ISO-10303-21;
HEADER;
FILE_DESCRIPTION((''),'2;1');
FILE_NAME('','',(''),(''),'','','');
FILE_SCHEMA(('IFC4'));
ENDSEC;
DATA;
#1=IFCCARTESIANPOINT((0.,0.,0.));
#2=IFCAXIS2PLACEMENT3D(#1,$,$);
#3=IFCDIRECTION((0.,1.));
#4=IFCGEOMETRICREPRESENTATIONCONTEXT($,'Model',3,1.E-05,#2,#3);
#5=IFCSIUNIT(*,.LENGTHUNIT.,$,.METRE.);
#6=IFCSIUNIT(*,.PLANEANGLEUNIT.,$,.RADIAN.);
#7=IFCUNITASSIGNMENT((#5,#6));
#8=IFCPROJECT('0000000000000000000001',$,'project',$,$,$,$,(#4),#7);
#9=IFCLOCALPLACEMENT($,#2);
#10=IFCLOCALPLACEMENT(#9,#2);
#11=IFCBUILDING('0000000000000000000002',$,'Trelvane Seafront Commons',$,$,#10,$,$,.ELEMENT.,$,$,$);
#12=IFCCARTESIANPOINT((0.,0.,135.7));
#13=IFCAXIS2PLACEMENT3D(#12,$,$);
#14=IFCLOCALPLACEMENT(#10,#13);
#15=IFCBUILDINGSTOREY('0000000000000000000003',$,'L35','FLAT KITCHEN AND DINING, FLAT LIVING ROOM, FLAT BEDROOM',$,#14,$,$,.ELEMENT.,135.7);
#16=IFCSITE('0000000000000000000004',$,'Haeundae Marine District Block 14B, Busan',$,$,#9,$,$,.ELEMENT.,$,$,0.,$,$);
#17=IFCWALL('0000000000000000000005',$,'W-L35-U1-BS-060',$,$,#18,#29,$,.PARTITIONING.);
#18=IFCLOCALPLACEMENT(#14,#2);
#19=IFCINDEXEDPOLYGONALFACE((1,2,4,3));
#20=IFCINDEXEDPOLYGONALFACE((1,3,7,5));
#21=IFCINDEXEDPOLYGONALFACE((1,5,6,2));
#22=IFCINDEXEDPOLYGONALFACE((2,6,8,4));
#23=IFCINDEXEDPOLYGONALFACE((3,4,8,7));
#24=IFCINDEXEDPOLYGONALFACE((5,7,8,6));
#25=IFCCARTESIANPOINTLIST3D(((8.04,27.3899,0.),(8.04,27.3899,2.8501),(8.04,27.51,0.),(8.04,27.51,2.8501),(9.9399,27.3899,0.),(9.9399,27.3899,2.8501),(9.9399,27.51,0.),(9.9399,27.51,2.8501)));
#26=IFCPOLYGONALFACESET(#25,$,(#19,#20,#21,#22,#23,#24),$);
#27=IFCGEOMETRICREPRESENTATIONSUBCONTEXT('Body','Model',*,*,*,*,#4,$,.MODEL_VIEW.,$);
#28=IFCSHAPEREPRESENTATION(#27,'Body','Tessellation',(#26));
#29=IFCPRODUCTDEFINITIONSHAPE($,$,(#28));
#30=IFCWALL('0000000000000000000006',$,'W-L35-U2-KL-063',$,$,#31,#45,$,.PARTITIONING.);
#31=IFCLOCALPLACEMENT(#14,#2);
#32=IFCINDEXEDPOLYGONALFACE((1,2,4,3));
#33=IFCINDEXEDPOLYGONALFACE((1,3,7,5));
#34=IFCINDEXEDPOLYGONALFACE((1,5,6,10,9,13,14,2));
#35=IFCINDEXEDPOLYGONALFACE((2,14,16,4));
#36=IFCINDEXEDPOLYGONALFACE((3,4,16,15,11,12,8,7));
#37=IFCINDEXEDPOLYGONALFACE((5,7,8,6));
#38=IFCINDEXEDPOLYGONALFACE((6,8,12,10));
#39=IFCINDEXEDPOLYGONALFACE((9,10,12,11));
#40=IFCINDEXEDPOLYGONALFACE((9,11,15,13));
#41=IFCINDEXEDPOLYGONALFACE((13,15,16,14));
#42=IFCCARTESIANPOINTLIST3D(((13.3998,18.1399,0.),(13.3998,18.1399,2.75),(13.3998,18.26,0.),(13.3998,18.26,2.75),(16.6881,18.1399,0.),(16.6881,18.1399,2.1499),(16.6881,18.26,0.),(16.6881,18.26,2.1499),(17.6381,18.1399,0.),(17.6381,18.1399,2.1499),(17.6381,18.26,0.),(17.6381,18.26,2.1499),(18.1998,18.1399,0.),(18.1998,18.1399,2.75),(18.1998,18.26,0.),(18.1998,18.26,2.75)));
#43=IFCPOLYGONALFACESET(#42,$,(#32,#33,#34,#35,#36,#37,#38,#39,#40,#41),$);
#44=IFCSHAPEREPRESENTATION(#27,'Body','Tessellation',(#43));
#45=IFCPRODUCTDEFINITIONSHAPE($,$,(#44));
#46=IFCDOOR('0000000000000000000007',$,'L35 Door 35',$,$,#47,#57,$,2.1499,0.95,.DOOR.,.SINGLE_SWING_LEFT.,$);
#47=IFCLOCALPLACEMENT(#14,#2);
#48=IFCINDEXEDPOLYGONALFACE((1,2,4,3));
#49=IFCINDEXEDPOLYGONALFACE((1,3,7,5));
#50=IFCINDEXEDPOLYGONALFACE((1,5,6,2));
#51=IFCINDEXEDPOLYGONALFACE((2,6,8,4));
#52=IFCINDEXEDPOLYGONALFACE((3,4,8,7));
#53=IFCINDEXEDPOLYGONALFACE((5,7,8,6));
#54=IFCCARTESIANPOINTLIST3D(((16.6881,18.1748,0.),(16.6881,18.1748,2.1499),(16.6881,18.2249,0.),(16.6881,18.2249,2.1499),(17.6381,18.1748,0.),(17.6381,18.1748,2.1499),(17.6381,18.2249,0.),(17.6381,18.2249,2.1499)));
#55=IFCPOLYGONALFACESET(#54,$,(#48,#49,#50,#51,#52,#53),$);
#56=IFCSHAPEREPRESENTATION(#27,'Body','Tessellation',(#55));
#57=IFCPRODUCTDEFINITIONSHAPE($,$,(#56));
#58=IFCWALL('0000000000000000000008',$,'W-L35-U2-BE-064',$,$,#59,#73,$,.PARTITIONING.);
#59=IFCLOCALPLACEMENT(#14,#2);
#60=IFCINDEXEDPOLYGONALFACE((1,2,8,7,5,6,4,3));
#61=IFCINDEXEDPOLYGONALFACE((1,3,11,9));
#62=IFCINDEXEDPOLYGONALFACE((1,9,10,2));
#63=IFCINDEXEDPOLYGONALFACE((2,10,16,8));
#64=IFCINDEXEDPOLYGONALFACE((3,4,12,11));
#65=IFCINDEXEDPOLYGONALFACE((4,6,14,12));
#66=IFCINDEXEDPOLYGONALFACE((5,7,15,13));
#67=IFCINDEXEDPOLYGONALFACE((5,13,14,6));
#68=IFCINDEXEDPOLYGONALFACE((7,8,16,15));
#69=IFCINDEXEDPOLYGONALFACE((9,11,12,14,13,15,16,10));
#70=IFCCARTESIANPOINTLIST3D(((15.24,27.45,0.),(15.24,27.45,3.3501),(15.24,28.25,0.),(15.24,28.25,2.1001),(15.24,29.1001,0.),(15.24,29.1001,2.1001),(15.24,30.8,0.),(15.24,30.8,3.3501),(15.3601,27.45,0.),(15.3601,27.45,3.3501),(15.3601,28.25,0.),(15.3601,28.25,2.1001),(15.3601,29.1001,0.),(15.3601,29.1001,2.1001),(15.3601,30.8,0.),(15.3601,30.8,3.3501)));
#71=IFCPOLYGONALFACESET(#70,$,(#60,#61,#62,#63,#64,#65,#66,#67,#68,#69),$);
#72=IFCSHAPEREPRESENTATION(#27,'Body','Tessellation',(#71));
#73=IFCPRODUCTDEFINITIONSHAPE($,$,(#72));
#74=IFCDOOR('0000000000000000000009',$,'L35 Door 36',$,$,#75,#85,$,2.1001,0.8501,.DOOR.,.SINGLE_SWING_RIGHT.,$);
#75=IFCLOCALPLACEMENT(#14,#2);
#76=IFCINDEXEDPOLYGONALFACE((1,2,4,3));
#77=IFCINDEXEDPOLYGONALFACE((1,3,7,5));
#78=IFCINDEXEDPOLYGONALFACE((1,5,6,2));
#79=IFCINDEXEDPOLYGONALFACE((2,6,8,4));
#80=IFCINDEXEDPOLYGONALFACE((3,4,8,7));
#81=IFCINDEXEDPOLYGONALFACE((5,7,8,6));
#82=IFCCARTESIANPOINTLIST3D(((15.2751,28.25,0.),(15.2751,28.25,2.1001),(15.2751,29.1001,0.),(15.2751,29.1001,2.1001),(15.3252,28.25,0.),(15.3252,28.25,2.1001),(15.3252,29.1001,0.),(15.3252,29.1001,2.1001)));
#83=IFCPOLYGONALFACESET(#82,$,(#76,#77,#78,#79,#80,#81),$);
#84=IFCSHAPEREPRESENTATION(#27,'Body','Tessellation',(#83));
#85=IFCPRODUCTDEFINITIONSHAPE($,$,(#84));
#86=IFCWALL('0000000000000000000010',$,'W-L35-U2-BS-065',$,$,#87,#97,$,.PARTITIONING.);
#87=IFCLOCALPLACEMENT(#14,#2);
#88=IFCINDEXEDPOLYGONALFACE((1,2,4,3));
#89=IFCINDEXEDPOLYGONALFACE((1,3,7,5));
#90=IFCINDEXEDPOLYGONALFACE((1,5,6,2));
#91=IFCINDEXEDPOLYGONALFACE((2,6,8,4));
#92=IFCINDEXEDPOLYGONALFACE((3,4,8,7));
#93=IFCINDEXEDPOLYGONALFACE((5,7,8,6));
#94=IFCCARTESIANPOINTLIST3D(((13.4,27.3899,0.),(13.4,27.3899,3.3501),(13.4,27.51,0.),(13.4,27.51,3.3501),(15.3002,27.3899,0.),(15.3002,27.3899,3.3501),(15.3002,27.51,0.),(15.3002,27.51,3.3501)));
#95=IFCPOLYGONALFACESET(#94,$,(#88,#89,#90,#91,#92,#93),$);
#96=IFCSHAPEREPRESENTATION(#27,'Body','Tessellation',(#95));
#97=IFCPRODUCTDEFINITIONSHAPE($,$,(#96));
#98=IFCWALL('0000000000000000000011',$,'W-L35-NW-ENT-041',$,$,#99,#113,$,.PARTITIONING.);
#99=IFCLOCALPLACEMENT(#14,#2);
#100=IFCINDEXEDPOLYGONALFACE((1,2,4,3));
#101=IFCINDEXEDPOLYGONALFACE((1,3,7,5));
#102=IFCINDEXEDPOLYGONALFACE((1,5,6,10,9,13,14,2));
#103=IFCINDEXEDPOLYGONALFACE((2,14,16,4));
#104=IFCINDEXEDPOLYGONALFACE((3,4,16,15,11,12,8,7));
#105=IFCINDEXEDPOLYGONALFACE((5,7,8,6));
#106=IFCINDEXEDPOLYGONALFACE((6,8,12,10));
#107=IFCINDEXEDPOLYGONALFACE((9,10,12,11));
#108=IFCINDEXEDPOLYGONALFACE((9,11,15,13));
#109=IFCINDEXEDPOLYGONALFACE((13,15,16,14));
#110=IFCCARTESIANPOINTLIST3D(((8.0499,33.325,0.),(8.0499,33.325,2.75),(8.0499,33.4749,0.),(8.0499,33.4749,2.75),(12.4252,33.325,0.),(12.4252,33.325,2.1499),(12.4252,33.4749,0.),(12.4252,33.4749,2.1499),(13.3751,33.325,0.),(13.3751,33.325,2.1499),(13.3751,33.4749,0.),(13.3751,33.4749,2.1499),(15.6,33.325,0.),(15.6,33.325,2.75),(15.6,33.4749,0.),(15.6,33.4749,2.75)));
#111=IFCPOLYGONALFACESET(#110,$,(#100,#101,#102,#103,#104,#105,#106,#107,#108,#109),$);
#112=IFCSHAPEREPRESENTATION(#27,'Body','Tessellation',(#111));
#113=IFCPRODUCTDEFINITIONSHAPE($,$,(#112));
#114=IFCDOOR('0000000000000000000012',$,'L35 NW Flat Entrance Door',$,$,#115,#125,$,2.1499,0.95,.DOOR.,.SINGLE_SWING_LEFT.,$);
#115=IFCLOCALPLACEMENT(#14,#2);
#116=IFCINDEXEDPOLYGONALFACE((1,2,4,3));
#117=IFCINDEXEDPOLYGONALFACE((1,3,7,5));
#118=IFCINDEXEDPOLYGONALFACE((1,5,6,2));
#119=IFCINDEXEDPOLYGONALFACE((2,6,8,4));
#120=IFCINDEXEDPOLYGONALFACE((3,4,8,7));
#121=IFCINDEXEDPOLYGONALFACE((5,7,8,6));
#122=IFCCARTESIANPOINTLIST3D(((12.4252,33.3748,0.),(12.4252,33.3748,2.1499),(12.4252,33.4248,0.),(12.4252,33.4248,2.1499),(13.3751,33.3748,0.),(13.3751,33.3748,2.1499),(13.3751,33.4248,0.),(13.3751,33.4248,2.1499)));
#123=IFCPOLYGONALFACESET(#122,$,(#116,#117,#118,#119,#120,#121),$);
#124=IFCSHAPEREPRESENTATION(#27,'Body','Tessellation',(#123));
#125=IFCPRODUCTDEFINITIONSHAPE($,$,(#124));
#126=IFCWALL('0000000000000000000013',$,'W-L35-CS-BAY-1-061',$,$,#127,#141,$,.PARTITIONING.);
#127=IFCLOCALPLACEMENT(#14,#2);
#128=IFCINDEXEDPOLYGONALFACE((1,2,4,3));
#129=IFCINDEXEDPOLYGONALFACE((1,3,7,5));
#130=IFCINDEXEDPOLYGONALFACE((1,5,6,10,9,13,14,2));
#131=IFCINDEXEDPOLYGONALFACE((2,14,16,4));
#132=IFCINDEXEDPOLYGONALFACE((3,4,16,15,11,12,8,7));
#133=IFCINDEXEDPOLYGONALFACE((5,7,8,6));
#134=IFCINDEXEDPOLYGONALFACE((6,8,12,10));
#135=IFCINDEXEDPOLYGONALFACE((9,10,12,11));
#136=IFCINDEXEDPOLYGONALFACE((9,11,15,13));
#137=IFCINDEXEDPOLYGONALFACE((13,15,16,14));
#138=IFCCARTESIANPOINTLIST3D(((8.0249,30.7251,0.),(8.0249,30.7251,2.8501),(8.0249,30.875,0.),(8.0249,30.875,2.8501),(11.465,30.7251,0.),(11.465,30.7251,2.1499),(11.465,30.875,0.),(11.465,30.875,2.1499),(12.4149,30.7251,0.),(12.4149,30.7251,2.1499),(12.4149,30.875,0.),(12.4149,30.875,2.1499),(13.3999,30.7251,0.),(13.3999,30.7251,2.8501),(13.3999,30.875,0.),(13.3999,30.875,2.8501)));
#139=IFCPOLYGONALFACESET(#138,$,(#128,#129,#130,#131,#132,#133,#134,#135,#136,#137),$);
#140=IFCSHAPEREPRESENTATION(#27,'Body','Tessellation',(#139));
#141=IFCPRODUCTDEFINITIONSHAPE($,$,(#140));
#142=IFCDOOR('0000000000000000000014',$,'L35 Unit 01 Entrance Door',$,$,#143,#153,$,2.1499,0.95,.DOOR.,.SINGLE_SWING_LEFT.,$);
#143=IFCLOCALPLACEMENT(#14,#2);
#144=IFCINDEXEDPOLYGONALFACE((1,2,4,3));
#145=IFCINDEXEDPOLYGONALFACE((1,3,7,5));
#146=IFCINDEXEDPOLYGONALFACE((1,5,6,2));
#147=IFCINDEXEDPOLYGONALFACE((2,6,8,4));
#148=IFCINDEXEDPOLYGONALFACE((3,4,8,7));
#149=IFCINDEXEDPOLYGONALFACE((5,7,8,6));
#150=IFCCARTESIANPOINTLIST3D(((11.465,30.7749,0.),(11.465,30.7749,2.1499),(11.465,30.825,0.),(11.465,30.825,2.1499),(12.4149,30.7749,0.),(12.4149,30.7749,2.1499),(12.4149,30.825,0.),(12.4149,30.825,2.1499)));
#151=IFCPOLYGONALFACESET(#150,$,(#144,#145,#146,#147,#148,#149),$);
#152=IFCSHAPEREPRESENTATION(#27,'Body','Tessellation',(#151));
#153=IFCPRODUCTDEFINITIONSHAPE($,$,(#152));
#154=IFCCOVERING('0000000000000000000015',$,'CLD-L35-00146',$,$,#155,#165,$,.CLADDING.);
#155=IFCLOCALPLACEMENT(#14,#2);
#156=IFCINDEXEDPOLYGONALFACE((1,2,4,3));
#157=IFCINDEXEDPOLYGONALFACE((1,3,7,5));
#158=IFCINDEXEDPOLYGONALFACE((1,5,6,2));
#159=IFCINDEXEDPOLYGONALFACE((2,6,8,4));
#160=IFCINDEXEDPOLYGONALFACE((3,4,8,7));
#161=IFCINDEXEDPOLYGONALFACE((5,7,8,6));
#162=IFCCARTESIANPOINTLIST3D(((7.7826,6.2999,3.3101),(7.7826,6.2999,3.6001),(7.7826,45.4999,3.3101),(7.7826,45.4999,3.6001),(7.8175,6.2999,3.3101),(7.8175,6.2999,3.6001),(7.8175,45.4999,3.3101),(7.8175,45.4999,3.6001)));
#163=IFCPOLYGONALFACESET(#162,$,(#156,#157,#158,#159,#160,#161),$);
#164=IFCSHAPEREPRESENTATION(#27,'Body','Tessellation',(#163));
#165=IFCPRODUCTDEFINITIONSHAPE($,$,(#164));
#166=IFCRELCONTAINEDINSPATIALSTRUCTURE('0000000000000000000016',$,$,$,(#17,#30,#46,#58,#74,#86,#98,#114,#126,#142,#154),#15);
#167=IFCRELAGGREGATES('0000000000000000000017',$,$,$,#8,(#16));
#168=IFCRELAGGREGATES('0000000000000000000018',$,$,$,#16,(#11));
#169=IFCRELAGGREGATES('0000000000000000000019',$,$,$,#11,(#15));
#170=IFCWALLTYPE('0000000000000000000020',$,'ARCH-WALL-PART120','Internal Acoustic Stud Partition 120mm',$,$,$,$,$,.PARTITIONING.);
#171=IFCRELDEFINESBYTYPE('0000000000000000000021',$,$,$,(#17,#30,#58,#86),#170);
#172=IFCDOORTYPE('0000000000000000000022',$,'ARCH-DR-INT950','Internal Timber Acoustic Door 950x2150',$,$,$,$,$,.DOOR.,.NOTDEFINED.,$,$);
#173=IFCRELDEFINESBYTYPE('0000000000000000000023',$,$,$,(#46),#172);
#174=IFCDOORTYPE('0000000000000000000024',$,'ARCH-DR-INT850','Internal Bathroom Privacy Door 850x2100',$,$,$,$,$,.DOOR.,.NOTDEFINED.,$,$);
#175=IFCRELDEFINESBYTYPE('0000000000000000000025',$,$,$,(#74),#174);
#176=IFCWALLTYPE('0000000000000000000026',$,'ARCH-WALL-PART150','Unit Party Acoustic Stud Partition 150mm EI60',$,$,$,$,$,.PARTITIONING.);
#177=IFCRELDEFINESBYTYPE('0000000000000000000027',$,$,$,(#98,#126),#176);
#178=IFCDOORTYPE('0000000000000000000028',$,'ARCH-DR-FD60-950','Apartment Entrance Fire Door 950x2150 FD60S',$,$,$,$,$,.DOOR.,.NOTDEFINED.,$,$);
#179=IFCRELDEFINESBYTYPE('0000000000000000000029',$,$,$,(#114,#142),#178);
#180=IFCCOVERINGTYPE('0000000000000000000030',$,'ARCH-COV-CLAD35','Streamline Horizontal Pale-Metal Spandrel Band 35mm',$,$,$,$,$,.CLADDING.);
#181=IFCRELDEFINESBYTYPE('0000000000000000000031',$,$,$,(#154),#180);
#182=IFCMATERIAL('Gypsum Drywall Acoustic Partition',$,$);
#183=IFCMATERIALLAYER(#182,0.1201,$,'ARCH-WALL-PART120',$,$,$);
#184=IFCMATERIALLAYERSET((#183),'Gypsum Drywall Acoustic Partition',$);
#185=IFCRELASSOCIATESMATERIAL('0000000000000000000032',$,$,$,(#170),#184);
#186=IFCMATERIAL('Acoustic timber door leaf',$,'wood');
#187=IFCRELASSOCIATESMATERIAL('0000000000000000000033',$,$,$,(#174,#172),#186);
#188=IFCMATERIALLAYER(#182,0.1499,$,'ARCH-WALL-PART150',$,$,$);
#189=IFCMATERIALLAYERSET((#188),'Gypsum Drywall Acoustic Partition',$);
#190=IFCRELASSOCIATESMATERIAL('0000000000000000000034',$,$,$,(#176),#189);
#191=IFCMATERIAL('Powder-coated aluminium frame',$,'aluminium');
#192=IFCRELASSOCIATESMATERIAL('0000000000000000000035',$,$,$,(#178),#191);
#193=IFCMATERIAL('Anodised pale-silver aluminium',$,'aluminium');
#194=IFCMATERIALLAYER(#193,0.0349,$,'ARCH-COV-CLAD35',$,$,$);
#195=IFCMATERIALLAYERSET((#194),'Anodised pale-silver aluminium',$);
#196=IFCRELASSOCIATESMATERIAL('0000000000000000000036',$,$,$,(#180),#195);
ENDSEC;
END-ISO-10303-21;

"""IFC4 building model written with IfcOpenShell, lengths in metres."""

from ifc_helpers import new_model, si_unit, direction, frame, frame_2d, origin, origin_2d, place, context, subcontext, project, spatial, rectangle, extrude, source, transform, mapped, material, layer, layer_set, type_object, element, fill, save


model = new_model("IFC4")

# Units and contexts
model_context = context("Model", 3, precision=1e-05, world=origin(), true_north=direction((0.0, 1.0)))
body_context = subcontext(model_context, "Body", "Model", "MODEL_VIEW")
ifc_project = project(units=[si_unit("LENGTHUNIT", "METRE"), si_unit("PLANEANGLEUNIT", "RADIAN")], contexts=[model_context])

# Site, building, storey
site_placement = place(None, origin())
site = spatial("IfcSite", under=ifc_project, at=site_placement, Name="Haeundae Marine District Block 14B, Busan", CompositionType="ELEMENT", RefElevation=0.0)
building_placement = place(site_placement, origin())
building = spatial("IfcBuilding", under=site, at=building_placement, Name="Trelvane Seafront Commons", CompositionType="ELEMENT")
storey_placement = place(building_placement, frame((0.0, 0.0, 135.7)))
storey = spatial("IfcBuildingStorey", under=building, at=storey_placement, Name="L35", Description="FLAT KITCHEN AND DINING, FLAT LIVING ROOM, FLAT BEDROOM", CompositionType="ELEMENT", Elevation=135.7)

# Shared definitions
ifc_material_1 = material(Name="Gypsum Drywall Acoustic Partition")
ifc_layer_1 = layer(ifc_material_1, 0.1201, Name="ARCH-WALL-PART120")
ifc_layer_set_1 = layer_set([ifc_layer_1], Name="Gypsum Drywall Acoustic Partition")
wall_type_1 = type_object("IfcWallType", Name="ARCH-WALL-PART120", Description="Internal Acoustic Stud Partition 120mm", PredefinedType="PARTITIONING", material=ifc_layer_set_1)
ifc_material_2 = material(Name="Acoustic timber door leaf", Category="wood")
door_type_1 = type_object("IfcDoorType", Name="ARCH-DR-INT850", Description="Internal Bathroom Privacy Door 850x2100", OperationType="NOTDEFINED", PredefinedType="DOOR", material=ifc_material_2)
shared_shape_1 = source(origin(), body_context, "Body", "SweptSolid", [
    extrude(rectangle(XDim=0.8501, YDim=2.1001, at=frame_2d((0.425, 1.05))), frame((0.0, 0.0249, 0.0), z_axis=(0.0, -1.0, 0.0), x_axis=(1.0, 0.0, 0.0)), (0.0, 0.0, 1.0), 0.05),
])
door_type_2 = type_object("IfcDoorType", Name="ARCH-DR-INT950", Description="Internal Timber Acoustic Door 950x2150", OperationType="NOTDEFINED", PredefinedType="DOOR", material=ifc_material_2)
shared_shape_2 = source(origin(), body_context, "Body", "SweptSolid", [
    extrude(rectangle(XDim=0.95, YDim=2.1499, at=frame_2d((0.4751, 1.075))), frame((0.0, 0.0249, 0.0), z_axis=(0.0, -1.0, 0.0), x_axis=(1.0, 0.0, 0.0)), (0.0, 0.0, 1.0), 0.05),
])

# Wall
wall_1_placement = place(storey_placement, frame((8.04, 27.45, 0.0), z_axis=(0.0, 0.0, 1.0), x_axis=(1.0, 0.0, 0.0)))
element("IfcWall", 1, at=wall_1_placement, inside=storey, type_object=wall_type_1, Name="W-L35-U1-BS-060", PredefinedType="PARTITIONING", context=body_context, shape_type="SweptSolid", body=[
    extrude(rectangle(XDim=1.8999, YDim=0.1201, at=frame_2d((0.95, 0.0))), origin(), (0.0, 0.0, 1.0), 2.8501),
])

# Walls, openings, doors
wall_2_placement = place(storey_placement, frame((13.3999, 18.2, 0.0), z_axis=(0.0, 0.0, 1.0), x_axis=(1.0, 0.0, 0.0)))
wall_2 = element("IfcWall", 2, at=wall_2_placement, inside=storey, type_object=wall_type_1, Name="W-L35-U2-KL-063", PredefinedType="PARTITIONING", context=body_context, shape_type="SweptSolid", body=[
    extrude(rectangle(XDim=4.8, YDim=0.1201, at=frame_2d((2.3999, 0.0))), origin(), (0.0, 0.0, 1.0), 2.75),
])
opening_1_placement = place(wall_2_placement, frame((3.2881, 0.0, 0.0)))
opening_1 = element("IfcOpeningElement", 3, at=opening_1_placement, cuts=wall_2, PredefinedType="OPENING", context=body_context, shape_type="SweptSolid", body=[
    extrude(rectangle(XDim=0.95, YDim=2.1499, at=frame_2d((0.4751, 1.075))), frame((0.0, 0.0701, 0.0), z_axis=(0.0, -1.0, 0.0), x_axis=(1.0, 0.0, 0.0)), (0.0, 0.0, 1.0), 0.1401),
])
door_1_placement = place(opening_1_placement, origin())
door_1 = element("IfcDoor", 4, at=door_1_placement, inside=storey, type_object=door_type_2, Name="L35 Door 35", OperationType="SINGLE_SWING_LEFT", OverallHeight=2.1499, OverallWidth=0.95, PredefinedType="DOOR", context=body_context, shape_type="MappedRepresentation", body=[
    mapped(shared_shape_2, transform((0.0, 0.0, 0.0), x_axis=(1.0, 0.0, 0.0), y_axis=(0.0, 1.0, 0.0), z_axis=(0.0, 0.0, 1.0), scale=1.0)),
])
fill(opening_1, door_1)
wall_3_placement = place(storey_placement, frame((15.3, 27.45, 0.0), z_axis=(0.0, 0.0, 1.0), x_axis=(0.0, 1.0, 0.0)))
wall_3 = element("IfcWall", 5, at=wall_3_placement, inside=storey, type_object=wall_type_1, Name="W-L35-U2-BE-064", PredefinedType="PARTITIONING", context=body_context, shape_type="SweptSolid", body=[
    extrude(rectangle(XDim=3.3501, YDim=0.1201, at=frame_2d((1.675, 0.0))), origin(), (0.0, 0.0, 1.0), 3.3501),
])
opening_2_placement = place(wall_3_placement, frame((0.8, 0.0, 0.0)))
opening_2 = element("IfcOpeningElement", 6, at=opening_2_placement, cuts=wall_3, PredefinedType="OPENING", context=body_context, shape_type="SweptSolid", body=[
    extrude(rectangle(XDim=0.8501, YDim=2.1001, at=frame_2d((0.425, 1.05))), frame((0.0, 0.0701, 0.0), z_axis=(0.0, -1.0, 0.0), x_axis=(1.0, 0.0, 0.0)), (0.0, 0.0, 1.0), 0.1401),
])
door_2_placement = place(opening_2_placement, origin())
door_2 = element("IfcDoor", 7, at=door_2_placement, inside=storey, type_object=door_type_1, Name="L35 Door 36", OperationType="SINGLE_SWING_RIGHT", OverallHeight=2.1001, OverallWidth=0.8501, PredefinedType="DOOR", context=body_context, shape_type="MappedRepresentation", body=[
    mapped(shared_shape_1, transform((0.0, 0.0, 0.0), x_axis=(1.0, 0.0, 0.0), y_axis=(0.0, 1.0, 0.0), z_axis=(0.0, 0.0, 1.0), scale=1.0)),
])
fill(opening_2, door_2)

# Wall
wall_4_placement = place(storey_placement, frame((13.3999, 27.45, 0.0), z_axis=(0.0, 0.0, 1.0), x_axis=(1.0, 0.0, 0.0)))
element("IfcWall", 8, at=wall_4_placement, inside=storey, type_object=wall_type_1, Name="W-L35-U2-BS-065", PredefinedType="PARTITIONING", context=body_context, shape_type="SweptSolid", body=[
    extrude(rectangle(XDim=1.9001, YDim=0.1201, at=frame_2d((0.9502, 0.0))), origin(), (0.0, 0.0, 1.0), 3.3501),
])

# Walls, openings, doors
ifc_layer_2 = layer(ifc_material_1, 0.1499, Name="ARCH-WALL-PART150")
ifc_layer_set_2 = layer_set([ifc_layer_2], Name="Gypsum Drywall Acoustic Partition")
wall_type_2 = type_object("IfcWallType", Name="ARCH-WALL-PART150", Description="Unit Party Acoustic Stud Partition 150mm EI60", PredefinedType="PARTITIONING", material=ifc_layer_set_2)
wall_5_placement = place(storey_placement, frame((8.05, 33.3999, 0.0), z_axis=(0.0, 0.0, 1.0), x_axis=(1.0, 0.0, 0.0)))
wall_5 = element("IfcWall", 9, at=wall_5_placement, inside=storey, type_object=wall_type_2, Name="W-L35-NW-ENT-041", PredefinedType="PARTITIONING", context=body_context, shape_type="SweptSolid", body=[
    extrude(rectangle(XDim=7.55, YDim=0.1499, at=frame_2d((3.7749, 0.0))), origin(), (0.0, 0.0, 1.0), 2.75),
])
opening_3_placement = place(wall_5_placement, frame((4.375, 0.0, 0.0)))
opening_3 = element("IfcOpeningElement", 10, at=opening_3_placement, cuts=wall_5, PredefinedType="OPENING", context=body_context, shape_type="SweptSolid", body=[
    extrude(rectangle(XDim=0.95, YDim=2.1499, at=frame_2d((0.4751, 1.075))), frame((0.0, 0.085, 0.0), z_axis=(0.0, -1.0, 0.0), x_axis=(1.0, 0.0, 0.0)), (0.0, 0.0, 1.0), 0.1699),
])
ifc_material_3 = material(Name="Powder-coated aluminium frame", Category="aluminium")
door_type_3 = type_object("IfcDoorType", Name="ARCH-DR-FD60-950", Description="Apartment Entrance Fire Door 950x2150 FD60S", OperationType="NOTDEFINED", PredefinedType="DOOR", material=ifc_material_3)
door_3_placement = place(opening_3_placement, origin())
door_3 = element("IfcDoor", 11, at=door_3_placement, inside=storey, type_object=door_type_3, Name="L35 NW Flat Entrance Door", OperationType="SINGLE_SWING_LEFT", OverallHeight=2.1499, OverallWidth=0.95, PredefinedType="DOOR", context=body_context, shape_type="MappedRepresentation", body=[
    mapped(shared_shape_2, transform((0.0, 0.0, 0.0), x_axis=(1.0, 0.0, 0.0), y_axis=(0.0, 1.0, 0.0), z_axis=(0.0, 0.0, 1.0), scale=1.0)),
])
fill(opening_3, door_3)
wall_6_placement = place(storey_placement, frame((8.0249, 30.8, 0.0), z_axis=(0.0, 0.0, 1.0), x_axis=(1.0, 0.0, 0.0)))
wall_6 = element("IfcWall", 12, at=wall_6_placement, inside=storey, type_object=wall_type_2, Name="W-L35-CS-BAY-1-061", PredefinedType="PARTITIONING", context=body_context, shape_type="SweptSolid", body=[
    extrude(rectangle(XDim=5.375, YDim=0.1499, at=frame_2d((2.6875, 0.0))), origin(), (0.0, 0.0, 1.0), 2.8501),
])
opening_4_placement = place(wall_6_placement, frame((3.4399, 0.0, 0.0)))
opening_4 = element("IfcOpeningElement", 13, at=opening_4_placement, cuts=wall_6, PredefinedType="OPENING", context=body_context, shape_type="SweptSolid", body=[
    extrude(rectangle(XDim=0.95, YDim=2.1499, at=frame_2d((0.4751, 1.075))), frame((0.0, 0.085, 0.0), z_axis=(0.0, -1.0, 0.0), x_axis=(1.0, 0.0, 0.0)), (0.0, 0.0, 1.0), 0.1699),
])
door_4_placement = place(opening_4_placement, origin())
door_4 = element("IfcDoor", 14, at=door_4_placement, inside=storey, type_object=door_type_3, Name="L35 Unit 01 Entrance Door", OperationType="SINGLE_SWING_LEFT", OverallHeight=2.1499, OverallWidth=0.95, PredefinedType="DOOR", context=body_context, shape_type="MappedRepresentation", body=[
    mapped(shared_shape_2, transform((0.0, 0.0, 0.0), x_axis=(1.0, 0.0, 0.0), y_axis=(0.0, 1.0, 0.0), z_axis=(0.0, 0.0, 1.0), scale=1.0)),
])
fill(opening_4, door_4)

# Covering
ifc_material_4 = material(Name="Anodised pale-silver aluminium", Category="aluminium")
ifc_layer_3 = layer(ifc_material_4, 0.0349, Name="ARCH-COV-CLAD35")
ifc_layer_set_3 = layer_set([ifc_layer_3], Name="Anodised pale-silver aluminium")
covering_type = type_object("IfcCoveringType", Name="ARCH-COV-CLAD35", Description="Streamline Horizontal Pale-Metal Spandrel Band 35mm", PredefinedType="CLADDING", material=ifc_layer_set_3)
shared_shape_3 = source(origin(), body_context, "Body", "SweptSolid", [
    extrude(rectangle(XDim=39.2, YDim=0.0349, at=origin_2d()), origin(), (0.0, 0.0, 1.0), 0.29),
])
covering_placement = place(storey_placement, frame((7.8, 25.8999, 3.3101), z_axis=(0.0, 0.0, 1.0), x_axis=(0.0, 1.0, 0.0)))
element("IfcCovering", 15, at=covering_placement, inside=storey, type_object=covering_type, Name="CLD-L35-00146", PredefinedType="CLADDING", context=body_context, shape_type="MappedRepresentation", body=[
    mapped(shared_shape_3, transform((0.0, 0.0, 0.0), x_axis=(1.0, 0.0, 0.0), y_axis=(0.0, 1.0, 0.0), z_axis=(0.0, 0.0, 1.0), scale=1.0)),
])

save(model, "model.ifc")
